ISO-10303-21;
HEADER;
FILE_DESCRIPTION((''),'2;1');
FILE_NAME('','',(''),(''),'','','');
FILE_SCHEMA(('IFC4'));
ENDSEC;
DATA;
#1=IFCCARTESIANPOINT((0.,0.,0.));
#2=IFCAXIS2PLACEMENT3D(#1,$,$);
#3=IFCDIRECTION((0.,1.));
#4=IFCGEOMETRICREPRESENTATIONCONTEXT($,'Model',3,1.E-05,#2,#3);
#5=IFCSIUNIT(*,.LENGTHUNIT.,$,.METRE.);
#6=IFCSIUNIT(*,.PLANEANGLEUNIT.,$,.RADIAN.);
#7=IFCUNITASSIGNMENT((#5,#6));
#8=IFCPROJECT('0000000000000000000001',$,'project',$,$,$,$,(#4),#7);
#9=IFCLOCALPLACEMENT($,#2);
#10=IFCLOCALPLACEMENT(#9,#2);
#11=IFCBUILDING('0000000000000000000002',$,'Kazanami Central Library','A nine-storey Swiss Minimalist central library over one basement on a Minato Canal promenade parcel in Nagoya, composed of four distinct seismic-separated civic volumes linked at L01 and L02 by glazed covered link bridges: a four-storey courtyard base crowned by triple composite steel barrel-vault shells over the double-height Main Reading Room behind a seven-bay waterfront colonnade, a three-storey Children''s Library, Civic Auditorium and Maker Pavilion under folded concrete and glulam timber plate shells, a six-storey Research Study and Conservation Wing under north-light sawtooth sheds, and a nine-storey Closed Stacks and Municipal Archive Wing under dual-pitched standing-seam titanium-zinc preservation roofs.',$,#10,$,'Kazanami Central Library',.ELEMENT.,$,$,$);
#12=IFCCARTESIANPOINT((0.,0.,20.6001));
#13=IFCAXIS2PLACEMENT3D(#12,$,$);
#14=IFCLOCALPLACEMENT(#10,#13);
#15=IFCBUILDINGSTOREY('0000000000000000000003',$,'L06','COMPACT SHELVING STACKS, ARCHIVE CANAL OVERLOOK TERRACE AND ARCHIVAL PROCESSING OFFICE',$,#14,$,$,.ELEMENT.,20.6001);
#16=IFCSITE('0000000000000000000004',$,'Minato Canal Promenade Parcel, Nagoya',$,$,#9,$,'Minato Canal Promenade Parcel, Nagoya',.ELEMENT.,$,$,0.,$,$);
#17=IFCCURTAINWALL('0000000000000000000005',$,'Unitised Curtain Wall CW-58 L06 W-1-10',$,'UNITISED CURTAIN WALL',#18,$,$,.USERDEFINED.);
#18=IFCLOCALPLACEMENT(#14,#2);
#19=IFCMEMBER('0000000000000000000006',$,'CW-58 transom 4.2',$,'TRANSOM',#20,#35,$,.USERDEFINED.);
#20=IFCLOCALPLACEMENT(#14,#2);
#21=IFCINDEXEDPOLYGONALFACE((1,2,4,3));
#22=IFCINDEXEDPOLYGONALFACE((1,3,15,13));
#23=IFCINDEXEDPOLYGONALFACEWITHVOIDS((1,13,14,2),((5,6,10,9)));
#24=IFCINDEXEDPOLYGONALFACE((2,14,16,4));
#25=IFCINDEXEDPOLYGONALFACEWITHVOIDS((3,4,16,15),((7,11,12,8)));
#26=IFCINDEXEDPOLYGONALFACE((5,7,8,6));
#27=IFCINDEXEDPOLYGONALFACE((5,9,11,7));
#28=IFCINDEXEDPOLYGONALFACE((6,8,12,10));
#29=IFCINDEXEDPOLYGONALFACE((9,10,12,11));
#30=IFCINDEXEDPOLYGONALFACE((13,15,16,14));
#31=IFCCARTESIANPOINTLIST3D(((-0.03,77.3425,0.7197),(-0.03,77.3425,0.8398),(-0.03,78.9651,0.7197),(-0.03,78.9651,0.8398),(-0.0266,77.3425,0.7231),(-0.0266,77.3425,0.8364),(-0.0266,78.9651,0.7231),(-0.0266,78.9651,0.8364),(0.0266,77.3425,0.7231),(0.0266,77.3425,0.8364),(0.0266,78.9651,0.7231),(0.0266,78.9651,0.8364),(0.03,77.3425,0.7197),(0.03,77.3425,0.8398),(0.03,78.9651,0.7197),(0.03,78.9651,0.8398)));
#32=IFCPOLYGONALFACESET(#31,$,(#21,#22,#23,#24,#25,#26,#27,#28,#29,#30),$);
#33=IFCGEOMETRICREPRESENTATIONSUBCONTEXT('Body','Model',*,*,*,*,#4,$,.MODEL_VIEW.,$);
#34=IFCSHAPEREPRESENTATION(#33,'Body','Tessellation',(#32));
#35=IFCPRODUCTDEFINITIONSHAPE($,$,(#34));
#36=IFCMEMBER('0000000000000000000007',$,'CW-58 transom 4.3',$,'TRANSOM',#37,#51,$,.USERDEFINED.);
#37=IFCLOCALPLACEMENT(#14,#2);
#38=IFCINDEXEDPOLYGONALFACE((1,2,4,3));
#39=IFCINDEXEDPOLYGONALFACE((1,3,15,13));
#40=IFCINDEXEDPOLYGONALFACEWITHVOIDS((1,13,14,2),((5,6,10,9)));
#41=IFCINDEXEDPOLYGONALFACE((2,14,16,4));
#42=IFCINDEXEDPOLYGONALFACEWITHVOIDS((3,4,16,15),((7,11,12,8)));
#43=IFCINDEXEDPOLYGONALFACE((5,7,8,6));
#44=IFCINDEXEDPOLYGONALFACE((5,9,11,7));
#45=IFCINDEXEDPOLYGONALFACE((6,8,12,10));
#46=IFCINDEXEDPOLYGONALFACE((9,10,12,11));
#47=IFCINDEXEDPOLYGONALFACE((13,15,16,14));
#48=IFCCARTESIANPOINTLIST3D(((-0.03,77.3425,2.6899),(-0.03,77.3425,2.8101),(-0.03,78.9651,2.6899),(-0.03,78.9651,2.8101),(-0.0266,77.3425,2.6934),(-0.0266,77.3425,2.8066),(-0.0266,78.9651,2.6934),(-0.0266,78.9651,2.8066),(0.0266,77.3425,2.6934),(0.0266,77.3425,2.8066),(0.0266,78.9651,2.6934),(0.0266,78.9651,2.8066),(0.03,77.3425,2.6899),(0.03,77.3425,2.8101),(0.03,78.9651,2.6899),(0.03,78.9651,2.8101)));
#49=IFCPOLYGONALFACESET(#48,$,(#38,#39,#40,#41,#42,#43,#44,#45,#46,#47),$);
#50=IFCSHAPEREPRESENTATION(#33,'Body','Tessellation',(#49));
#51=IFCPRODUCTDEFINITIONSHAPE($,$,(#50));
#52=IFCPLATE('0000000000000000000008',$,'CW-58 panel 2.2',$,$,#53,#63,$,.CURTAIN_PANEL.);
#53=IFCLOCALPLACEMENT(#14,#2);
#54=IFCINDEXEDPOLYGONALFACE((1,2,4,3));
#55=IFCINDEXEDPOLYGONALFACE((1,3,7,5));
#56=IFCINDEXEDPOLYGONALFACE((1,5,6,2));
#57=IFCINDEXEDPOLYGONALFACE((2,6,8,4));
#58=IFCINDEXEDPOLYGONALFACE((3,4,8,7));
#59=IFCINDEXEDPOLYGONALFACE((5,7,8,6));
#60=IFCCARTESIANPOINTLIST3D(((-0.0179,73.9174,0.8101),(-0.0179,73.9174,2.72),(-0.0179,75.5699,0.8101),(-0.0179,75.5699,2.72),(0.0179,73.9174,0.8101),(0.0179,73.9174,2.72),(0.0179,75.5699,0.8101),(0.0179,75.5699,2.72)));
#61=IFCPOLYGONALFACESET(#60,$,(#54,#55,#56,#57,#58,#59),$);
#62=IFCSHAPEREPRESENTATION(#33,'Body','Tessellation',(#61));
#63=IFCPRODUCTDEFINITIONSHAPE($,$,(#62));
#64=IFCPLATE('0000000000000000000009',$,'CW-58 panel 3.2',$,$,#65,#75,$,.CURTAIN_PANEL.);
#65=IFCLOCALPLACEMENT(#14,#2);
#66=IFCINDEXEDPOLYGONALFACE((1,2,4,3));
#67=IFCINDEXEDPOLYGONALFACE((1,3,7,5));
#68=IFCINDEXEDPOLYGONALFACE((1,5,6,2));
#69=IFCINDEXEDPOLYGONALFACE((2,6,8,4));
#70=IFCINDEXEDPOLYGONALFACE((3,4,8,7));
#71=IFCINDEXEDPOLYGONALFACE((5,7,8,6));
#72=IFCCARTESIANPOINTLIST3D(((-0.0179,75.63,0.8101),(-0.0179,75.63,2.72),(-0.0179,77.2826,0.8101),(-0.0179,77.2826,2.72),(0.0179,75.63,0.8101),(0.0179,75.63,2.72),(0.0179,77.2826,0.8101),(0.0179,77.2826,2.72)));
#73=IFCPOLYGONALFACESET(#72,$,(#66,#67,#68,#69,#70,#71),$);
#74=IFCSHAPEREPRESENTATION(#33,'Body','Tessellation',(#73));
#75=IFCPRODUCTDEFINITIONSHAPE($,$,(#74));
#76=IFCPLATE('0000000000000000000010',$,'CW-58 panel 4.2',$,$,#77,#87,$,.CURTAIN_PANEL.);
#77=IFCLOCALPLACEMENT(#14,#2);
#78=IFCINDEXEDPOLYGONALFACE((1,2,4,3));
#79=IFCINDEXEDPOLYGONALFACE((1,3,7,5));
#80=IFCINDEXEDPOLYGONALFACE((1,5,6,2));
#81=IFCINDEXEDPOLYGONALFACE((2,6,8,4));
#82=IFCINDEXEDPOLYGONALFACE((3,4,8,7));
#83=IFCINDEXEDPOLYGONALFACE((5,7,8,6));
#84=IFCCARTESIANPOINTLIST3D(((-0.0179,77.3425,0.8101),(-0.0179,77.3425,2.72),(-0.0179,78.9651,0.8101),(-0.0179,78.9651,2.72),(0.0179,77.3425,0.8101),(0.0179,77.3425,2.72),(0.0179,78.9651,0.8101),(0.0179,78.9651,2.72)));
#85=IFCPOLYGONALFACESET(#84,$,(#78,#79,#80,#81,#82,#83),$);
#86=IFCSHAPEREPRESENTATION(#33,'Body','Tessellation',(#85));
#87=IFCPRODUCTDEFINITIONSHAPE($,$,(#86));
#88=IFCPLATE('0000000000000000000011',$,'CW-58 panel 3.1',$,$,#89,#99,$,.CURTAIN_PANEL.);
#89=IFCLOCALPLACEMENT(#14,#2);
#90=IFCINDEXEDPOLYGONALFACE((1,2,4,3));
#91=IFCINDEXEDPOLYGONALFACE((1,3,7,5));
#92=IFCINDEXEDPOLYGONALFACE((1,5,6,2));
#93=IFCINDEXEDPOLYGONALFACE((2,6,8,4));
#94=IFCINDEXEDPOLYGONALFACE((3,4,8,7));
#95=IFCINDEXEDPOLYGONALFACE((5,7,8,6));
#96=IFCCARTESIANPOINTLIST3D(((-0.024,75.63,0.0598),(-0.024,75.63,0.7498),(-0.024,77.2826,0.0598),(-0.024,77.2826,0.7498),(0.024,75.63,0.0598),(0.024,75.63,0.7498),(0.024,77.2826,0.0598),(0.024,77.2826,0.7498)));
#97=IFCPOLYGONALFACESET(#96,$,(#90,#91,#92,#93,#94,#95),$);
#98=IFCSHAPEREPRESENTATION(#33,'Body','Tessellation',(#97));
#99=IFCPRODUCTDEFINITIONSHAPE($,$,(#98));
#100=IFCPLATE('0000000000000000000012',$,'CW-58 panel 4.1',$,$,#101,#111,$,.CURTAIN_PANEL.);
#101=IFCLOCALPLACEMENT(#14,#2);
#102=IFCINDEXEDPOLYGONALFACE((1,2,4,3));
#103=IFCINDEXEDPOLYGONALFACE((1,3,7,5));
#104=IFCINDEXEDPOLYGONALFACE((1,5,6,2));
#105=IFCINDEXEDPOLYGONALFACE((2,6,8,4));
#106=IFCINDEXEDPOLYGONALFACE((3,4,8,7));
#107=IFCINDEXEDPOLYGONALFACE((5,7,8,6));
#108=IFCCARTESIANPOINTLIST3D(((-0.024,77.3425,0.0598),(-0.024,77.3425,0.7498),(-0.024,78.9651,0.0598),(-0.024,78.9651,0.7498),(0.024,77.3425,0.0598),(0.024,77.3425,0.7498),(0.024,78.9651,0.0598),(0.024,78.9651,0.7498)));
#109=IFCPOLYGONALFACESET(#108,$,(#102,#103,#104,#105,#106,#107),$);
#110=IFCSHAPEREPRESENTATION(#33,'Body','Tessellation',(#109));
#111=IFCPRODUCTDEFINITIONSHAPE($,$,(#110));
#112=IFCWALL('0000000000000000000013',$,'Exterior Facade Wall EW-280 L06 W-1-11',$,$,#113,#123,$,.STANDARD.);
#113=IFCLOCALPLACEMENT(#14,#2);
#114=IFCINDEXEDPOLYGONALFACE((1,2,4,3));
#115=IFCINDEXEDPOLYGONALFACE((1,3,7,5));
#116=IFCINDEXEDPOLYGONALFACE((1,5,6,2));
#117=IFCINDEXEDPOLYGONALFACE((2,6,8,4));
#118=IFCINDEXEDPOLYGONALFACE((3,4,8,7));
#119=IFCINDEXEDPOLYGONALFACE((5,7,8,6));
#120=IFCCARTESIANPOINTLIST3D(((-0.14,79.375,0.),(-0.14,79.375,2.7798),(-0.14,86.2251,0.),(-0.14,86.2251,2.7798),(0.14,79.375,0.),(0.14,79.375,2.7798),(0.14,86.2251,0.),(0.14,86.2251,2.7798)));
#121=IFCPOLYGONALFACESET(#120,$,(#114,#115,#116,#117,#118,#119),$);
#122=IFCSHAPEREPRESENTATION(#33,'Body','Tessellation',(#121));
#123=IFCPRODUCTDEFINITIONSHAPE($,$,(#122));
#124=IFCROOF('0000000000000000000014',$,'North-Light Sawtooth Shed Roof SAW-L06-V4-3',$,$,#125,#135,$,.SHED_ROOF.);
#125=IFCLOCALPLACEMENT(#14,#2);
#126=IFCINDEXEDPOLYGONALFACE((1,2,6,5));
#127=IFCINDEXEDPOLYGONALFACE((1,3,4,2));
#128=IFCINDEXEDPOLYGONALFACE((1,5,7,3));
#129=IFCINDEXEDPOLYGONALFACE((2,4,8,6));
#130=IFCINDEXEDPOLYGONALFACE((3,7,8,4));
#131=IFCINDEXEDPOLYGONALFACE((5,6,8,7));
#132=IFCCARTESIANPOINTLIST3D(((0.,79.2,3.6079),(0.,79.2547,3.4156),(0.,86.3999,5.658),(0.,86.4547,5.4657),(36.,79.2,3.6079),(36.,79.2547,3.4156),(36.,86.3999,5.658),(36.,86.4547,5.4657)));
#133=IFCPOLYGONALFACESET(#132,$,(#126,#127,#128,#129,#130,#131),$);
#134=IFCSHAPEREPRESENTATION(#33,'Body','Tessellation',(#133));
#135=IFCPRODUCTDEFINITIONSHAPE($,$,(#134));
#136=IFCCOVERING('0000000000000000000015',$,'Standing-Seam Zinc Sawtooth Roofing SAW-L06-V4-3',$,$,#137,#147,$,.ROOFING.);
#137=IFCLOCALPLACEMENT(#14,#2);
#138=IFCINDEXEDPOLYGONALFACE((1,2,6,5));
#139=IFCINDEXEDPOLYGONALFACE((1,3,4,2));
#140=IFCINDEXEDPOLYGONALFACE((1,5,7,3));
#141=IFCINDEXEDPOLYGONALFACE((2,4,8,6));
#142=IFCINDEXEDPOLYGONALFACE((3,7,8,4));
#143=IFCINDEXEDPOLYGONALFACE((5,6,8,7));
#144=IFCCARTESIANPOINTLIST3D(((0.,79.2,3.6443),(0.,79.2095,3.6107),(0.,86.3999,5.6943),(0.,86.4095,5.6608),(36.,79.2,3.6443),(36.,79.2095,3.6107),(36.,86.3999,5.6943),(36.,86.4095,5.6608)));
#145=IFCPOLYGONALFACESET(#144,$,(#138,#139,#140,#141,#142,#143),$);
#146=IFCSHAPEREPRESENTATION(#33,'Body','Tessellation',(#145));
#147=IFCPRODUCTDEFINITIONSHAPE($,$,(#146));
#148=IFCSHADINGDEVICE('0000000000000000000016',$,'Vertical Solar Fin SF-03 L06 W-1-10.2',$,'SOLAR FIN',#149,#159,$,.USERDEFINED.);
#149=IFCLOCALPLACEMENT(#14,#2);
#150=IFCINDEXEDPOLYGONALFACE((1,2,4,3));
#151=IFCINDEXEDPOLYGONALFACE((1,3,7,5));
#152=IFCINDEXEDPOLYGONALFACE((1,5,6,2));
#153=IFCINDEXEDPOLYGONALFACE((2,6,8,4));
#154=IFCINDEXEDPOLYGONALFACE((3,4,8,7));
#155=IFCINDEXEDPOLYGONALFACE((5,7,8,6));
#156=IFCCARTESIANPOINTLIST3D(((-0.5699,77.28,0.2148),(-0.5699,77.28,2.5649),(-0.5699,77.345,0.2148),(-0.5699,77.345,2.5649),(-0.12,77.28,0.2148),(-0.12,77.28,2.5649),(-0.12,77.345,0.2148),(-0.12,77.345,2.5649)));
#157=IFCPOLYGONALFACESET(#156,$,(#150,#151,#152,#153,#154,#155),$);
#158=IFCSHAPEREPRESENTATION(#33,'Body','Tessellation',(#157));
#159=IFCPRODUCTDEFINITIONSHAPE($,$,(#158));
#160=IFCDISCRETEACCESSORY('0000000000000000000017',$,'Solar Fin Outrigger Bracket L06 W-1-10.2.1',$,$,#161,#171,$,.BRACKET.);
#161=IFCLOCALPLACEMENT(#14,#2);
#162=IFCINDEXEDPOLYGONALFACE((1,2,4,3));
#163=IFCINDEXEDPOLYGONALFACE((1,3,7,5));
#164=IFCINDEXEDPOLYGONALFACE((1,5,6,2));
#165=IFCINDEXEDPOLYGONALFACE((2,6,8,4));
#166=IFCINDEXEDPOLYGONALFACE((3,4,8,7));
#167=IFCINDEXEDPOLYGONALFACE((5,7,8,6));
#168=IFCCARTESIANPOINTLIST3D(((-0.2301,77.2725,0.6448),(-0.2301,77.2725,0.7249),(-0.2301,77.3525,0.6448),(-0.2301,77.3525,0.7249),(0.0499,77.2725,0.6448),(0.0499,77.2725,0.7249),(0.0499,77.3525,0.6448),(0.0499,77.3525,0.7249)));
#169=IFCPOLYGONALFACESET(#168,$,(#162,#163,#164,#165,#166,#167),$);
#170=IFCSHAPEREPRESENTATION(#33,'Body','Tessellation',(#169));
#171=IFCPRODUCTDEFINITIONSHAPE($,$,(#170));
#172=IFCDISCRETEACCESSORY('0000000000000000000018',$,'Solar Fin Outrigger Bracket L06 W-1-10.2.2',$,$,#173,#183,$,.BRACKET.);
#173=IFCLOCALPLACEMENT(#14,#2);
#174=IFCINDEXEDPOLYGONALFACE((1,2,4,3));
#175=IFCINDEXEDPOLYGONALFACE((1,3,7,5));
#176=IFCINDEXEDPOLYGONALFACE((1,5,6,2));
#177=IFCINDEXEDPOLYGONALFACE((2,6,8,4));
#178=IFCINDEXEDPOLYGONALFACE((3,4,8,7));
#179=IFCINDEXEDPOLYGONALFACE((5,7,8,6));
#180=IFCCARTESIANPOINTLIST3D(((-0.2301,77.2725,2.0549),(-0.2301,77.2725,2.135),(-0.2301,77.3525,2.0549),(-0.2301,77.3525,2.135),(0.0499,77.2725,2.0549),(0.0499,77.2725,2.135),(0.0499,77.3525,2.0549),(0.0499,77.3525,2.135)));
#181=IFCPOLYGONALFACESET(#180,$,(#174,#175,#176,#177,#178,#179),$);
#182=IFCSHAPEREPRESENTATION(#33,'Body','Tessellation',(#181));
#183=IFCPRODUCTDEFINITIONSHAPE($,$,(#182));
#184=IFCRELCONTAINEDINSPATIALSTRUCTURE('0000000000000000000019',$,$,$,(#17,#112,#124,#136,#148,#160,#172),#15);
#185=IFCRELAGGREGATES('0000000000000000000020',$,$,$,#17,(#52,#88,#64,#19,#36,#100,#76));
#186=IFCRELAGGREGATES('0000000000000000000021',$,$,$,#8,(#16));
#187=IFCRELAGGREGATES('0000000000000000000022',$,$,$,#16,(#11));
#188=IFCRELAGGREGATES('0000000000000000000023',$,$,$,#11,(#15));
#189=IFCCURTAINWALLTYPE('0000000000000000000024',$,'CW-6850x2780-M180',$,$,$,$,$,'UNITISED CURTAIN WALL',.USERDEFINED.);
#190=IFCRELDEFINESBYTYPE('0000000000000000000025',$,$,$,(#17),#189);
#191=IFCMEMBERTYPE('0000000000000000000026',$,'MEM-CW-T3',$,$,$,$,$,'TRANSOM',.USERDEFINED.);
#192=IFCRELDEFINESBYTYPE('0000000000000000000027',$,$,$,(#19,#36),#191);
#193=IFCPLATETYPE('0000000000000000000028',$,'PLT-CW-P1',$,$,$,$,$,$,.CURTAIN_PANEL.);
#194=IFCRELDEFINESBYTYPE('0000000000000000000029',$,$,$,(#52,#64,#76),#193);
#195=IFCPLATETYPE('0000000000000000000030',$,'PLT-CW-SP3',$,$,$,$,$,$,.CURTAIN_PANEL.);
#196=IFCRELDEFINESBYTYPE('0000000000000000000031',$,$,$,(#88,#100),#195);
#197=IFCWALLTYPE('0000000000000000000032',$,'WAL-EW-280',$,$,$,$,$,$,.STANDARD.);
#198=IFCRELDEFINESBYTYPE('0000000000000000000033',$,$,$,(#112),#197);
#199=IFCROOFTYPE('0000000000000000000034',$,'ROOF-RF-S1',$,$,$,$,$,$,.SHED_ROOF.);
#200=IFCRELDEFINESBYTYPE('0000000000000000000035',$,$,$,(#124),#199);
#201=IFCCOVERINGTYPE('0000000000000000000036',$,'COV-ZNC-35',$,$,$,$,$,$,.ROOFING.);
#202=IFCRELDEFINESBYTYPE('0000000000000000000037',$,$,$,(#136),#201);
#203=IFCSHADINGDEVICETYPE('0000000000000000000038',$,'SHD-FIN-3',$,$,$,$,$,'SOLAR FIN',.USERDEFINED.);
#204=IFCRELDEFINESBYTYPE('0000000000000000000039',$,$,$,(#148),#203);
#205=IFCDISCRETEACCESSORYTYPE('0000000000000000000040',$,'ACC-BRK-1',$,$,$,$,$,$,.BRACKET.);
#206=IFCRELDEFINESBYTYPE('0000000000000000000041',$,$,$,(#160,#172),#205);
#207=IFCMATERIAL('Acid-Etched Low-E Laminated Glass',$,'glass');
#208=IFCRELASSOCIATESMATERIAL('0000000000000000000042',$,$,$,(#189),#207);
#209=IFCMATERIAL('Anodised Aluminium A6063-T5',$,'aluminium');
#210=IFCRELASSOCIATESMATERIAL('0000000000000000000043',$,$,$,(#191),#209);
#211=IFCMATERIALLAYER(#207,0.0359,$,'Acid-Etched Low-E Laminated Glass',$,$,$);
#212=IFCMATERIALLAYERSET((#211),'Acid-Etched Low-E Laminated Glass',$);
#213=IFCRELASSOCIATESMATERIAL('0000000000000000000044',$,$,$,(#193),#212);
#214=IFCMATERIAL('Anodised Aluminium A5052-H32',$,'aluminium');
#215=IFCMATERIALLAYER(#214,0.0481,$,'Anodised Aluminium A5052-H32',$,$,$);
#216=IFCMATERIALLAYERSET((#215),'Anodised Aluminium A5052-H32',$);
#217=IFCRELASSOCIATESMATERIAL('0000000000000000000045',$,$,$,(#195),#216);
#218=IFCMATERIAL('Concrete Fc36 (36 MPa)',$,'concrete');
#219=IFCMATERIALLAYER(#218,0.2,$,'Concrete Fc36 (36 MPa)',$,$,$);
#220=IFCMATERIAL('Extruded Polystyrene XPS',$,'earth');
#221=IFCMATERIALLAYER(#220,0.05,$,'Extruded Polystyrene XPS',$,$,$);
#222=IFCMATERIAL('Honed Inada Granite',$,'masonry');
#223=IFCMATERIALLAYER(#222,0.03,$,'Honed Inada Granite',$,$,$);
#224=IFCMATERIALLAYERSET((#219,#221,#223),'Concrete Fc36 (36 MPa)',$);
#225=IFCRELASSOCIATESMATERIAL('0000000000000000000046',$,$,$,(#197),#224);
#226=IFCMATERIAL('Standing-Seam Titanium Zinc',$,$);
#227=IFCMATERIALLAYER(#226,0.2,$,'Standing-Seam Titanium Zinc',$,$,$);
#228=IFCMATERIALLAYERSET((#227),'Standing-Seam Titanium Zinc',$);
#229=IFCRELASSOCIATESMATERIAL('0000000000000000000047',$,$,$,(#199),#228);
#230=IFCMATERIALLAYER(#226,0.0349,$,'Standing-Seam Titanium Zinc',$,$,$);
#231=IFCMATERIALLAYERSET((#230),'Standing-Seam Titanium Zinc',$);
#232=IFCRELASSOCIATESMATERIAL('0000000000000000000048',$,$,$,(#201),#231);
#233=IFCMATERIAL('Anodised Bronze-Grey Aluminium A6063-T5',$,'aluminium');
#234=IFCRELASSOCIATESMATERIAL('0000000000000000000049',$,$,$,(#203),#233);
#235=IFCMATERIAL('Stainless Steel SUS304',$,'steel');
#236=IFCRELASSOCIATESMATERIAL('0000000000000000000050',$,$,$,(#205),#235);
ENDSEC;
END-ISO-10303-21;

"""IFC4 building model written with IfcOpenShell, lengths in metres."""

from ifc_helpers import new_model, si_unit, direction, frame, frame_2d, origin, origin_2d, place, context, subcontext, project, spatial, polyline, rectangle, hollow_rectangle, outline, extrude, material, layer, layer_set, material_profile, profile_set, type_object, element, aggregate, save


model = new_model("IFC4")

# Units and contexts
model_context = context("Model", 3, precision=1e-05, world=origin(), true_north=direction((0.0, 1.0)))
body_context = subcontext(model_context, "Body", "Model", "MODEL_VIEW")
ifc_project = project(units=[si_unit("LENGTHUNIT", "METRE"), si_unit("PLANEANGLEUNIT", "RADIAN")], contexts=[model_context])

# Site, building, storey
site_placement = place(None, origin())
site = spatial("IfcSite", under=ifc_project, at=site_placement, Name="Minato Canal Promenade Parcel, Nagoya", LongName="Minato Canal Promenade Parcel, Nagoya", CompositionType="ELEMENT", RefElevation=0.0)
building_placement = place(site_placement, origin())
building = spatial("IfcBuilding", under=site, at=building_placement, Name="Kazanami Central Library", Description="A nine-storey Swiss Minimalist central library over one basement on a Minato Canal promenade parcel in Nagoya, composed of four distinct seismic-separated civic volumes linked at L01 and L02 by glazed covered link bridges: a four-storey courtyard base crowned by triple composite steel barrel-vault shells over the double-height Main Reading Room behind a seven-bay waterfront colonnade, a three-storey Children's Library, Civic Auditorium and Maker Pavilion under folded concrete and glulam timber plate shells, a six-storey Research Study and Conservation Wing under north-light sawtooth sheds, and a nine-storey Closed Stacks and Municipal Archive Wing under dual-pitched standing-seam titanium-zinc preservation roofs.", LongName="Kazanami Central Library", CompositionType="ELEMENT")
storey_placement = place(building_placement, frame((0.0, 0.0, 20.6001)))
storey = spatial("IfcBuildingStorey", under=building, at=storey_placement, Name="L06", Description="COMPACT SHELVING STACKS, ARCHIVE CANAL OVERLOOK TERRACE AND ARCHIVAL PROCESSING OFFICE", CompositionType="ELEMENT", Elevation=20.6001)

# Curtain wall, members, plates
ifc_material_1 = material(Name="Acid-Etched Low-E Laminated Glass", Category="glass")
curtain_wall_type = type_object("IfcCurtainWallType", Name="CW-6850x2780-M180", ElementType="UNITISED CURTAIN WALL", PredefinedType="USERDEFINED", material=ifc_material_1)
curtain_wall_placement = place(storey_placement, origin())
curtain_wall = element("IfcCurtainWall", 1, at=curtain_wall_placement, inside=storey, type_object=curtain_wall_type, Name="Unitised Curtain Wall CW-58 L06 W-1-10", ObjectType="UNITISED CURTAIN WALL", PredefinedType="USERDEFINED")
ifc_material_2 = material(Name="Anodised Aluminium A6063-T5", Category="aluminium")
ifc_material_profile_1 = material_profile(ifc_material_2, hollow_rectangle(XDim=0.0601, YDim=0.1201, WallThickness=0.0034, at=origin_2d()), Name="ALU-TRAN-60x120x3.5")
ifc_profile_set_1 = profile_set([ifc_material_profile_1], Name="Anodised Aluminium A6063-T5")
member_type_1 = type_object("IfcMemberType", Name="MEM-CW-T3", ElementType="TRANSOM", PredefinedType="USERDEFINED", material=ifc_profile_set_1)
member_1_placement = place(storey_placement, frame((0.0, 77.3425, 0.7798), z_axis=(0.0, 1.0, 0.0), x_axis=(-1.0, 0.0, 0.0)))
member_1 = element("IfcMember", 2, at=member_1_placement, type_object=member_type_1, Name="CW-58 transom 4.2", ObjectType="TRANSOM", PredefinedType="USERDEFINED", context=body_context, shape_type="SweptSolid", body=[
    extrude(hollow_rectangle(XDim=0.0601, YDim=0.1201, WallThickness=0.0034, at=origin_2d()), origin(), (0.0, 0.0, 1.0), 1.6226),
])
member_2_placement = place(storey_placement, frame((0.0, 77.3425, 2.75), z_axis=(0.0, 1.0, 0.0), x_axis=(-1.0, 0.0, 0.0)))
member_2 = element("IfcMember", 3, at=member_2_placement, type_object=member_type_1, Name="CW-58 transom 4.3", ObjectType="TRANSOM", PredefinedType="USERDEFINED", context=body_context, shape_type="SweptSolid", body=[
    extrude(hollow_rectangle(XDim=0.0601, YDim=0.1201, WallThickness=0.0034, at=origin_2d()), origin(), (0.0, 0.0, 1.0), 1.6226),
])
ifc_layer_1 = layer(ifc_material_1, 0.0359, Name="Acid-Etched Low-E Laminated Glass")
ifc_layer_set_1 = layer_set([ifc_layer_1], Name="Acid-Etched Low-E Laminated Glass")
plate_type_1 = type_object("IfcPlateType", Name="PLT-CW-P1", PredefinedType="CURTAIN_PANEL", material=ifc_layer_set_1)
plate_1_placement = place(storey_placement, frame((0.0, 74.7437, 0.8101), z_axis=(0.0, 0.0, 1.0), x_axis=(0.0, 1.0, 0.0)))
plate_1 = element("IfcPlate", 4, at=plate_1_placement, type_object=plate_type_1, Name="CW-58 panel 2.2", PredefinedType="CURTAIN_PANEL", context=body_context, shape_type="SweptSolid", body=[
    extrude(rectangle(XDim=1.6526, YDim=0.0359, at=origin_2d()), origin(), (0.0, 0.0, 1.0), 1.9099),
])
plate_2_placement = place(storey_placement, frame((0.0, 76.4563, 0.8101), z_axis=(0.0, 0.0, 1.0), x_axis=(0.0, 1.0, 0.0)))
plate_2 = element("IfcPlate", 5, at=plate_2_placement, type_object=plate_type_1, Name="CW-58 panel 3.2", PredefinedType="CURTAIN_PANEL", context=body_context, shape_type="SweptSolid", body=[
    extrude(rectangle(XDim=1.6526, YDim=0.0359, at=origin_2d()), origin(), (0.0, 0.0, 1.0), 1.9099),
])
plate_3_placement = place(storey_placement, frame((0.0, 78.1538, 0.8101), z_axis=(0.0, 0.0, 1.0), x_axis=(0.0, 1.0, 0.0)))
plate_3 = element("IfcPlate", 6, at=plate_3_placement, type_object=plate_type_1, Name="CW-58 panel 4.2", PredefinedType="CURTAIN_PANEL", context=body_context, shape_type="SweptSolid", body=[
    extrude(rectangle(XDim=1.6226, YDim=0.0359, at=origin_2d()), origin(), (0.0, 0.0, 1.0), 1.9099),
])
ifc_material_3 = material(Name="Anodised Aluminium A5052-H32", Category="aluminium")
ifc_layer_2 = layer(ifc_material_3, 0.0481, Name="Anodised Aluminium A5052-H32")
ifc_layer_set_2 = layer_set([ifc_layer_2], Name="Anodised Aluminium A5052-H32")
plate_type_2 = type_object("IfcPlateType", Name="PLT-CW-SP3", PredefinedType="CURTAIN_PANEL", material=ifc_layer_set_2)
plate_4_placement = place(storey_placement, frame((0.0, 76.4563, 0.0598), z_axis=(0.0, 0.0, 1.0), x_axis=(0.0, 1.0, 0.0)))
plate_4 = element("IfcPlate", 7, at=plate_4_placement, type_object=plate_type_2, Name="CW-58 panel 3.1", PredefinedType="CURTAIN_PANEL", context=body_context, shape_type="SweptSolid", body=[
    extrude(rectangle(XDim=1.6526, YDim=0.0481, at=origin_2d()), origin(), (0.0, 0.0, 1.0), 0.6899),
])
plate_5_placement = place(storey_placement, frame((0.0, 78.1538, 0.0598), z_axis=(0.0, 0.0, 1.0), x_axis=(0.0, 1.0, 0.0)))
plate_5 = element("IfcPlate", 8, at=plate_5_placement, type_object=plate_type_2, Name="CW-58 panel 4.1", PredefinedType="CURTAIN_PANEL", context=body_context, shape_type="SweptSolid", body=[
    extrude(rectangle(XDim=1.6226, YDim=0.0481, at=origin_2d()), origin(), (0.0, 0.0, 1.0), 0.6899),
])
aggregate(curtain_wall, [plate_1, plate_4, plate_2, member_1, member_2, plate_5, plate_3])

# Wall
ifc_material_4 = material(Name="Concrete Fc36 (36 MPa)", Category="concrete")
ifc_layer_3 = layer(ifc_material_4, 0.2, Name="Concrete Fc36 (36 MPa)")
ifc_material_5 = material(Name="Extruded Polystyrene XPS", Category="earth")
ifc_layer_4 = layer(ifc_material_5, 0.05, Name="Extruded Polystyrene XPS")
ifc_material_6 = material(Name="Honed Inada Granite", Category="masonry")
ifc_layer_5 = layer(ifc_material_6, 0.03, Name="Honed Inada Granite")
ifc_layer_set_3 = layer_set([ifc_layer_3, ifc_layer_4, ifc_layer_5], Name="Concrete Fc36 (36 MPa)")
wall_type = type_object("IfcWallType", Name="WAL-EW-280", PredefinedType="STANDARD", material=ifc_layer_set_3)
wall_placement = place(storey_placement, frame((0.0, 79.375, 0.0), z_axis=(0.0, 0.0, 1.0), x_axis=(0.0, 1.0, 0.0)))
element("IfcWall", 9, at=wall_placement, inside=storey, type_object=wall_type, Name="Exterior Facade Wall EW-280 L06 W-1-11", PredefinedType="STANDARD", context=body_context, shape_type="SweptSolid", body=[
    extrude(rectangle(XDim=6.8501, YDim=0.28, at=frame_2d((3.425, 0.0))), origin(), (0.0, 0.0, 1.0), 2.7798),
])

# Roof
ifc_material_7 = material(Name="Standing-Seam Titanium Zinc")
ifc_layer_6 = layer(ifc_material_7, 0.2, Name="Standing-Seam Titanium Zinc")
ifc_layer_set_4 = layer_set([ifc_layer_6], Name="Standing-Seam Titanium Zinc")
roof_type = type_object("IfcRoofType", Name="ROOF-RF-S1", PredefinedType="SHED_ROOF", material=ifc_layer_set_4)
roof_placement = place(storey_placement, frame((0.0, 79.2, 3.6079), z_axis=(0.0, -0.273847, 0.961773), x_axis=(1.0, 0.0, 0.0)))
element("IfcRoof", 10, at=roof_placement, inside=storey, type_object=roof_type, Name="North-Light Sawtooth Shed Roof SAW-L06-V4-3", PredefinedType="SHED_ROOF", context=body_context, shape_type="SweptSolid", body=[
    extrude(outline(polyline([(0.0, 0.0), (36.0, 0.0), (36.0, 7.4861), (0.0, 7.4861), (0.0, 0.0)])), origin(), (0.0, 0.0, -1.0), 0.2),
])

# Covering
ifc_layer_7 = layer(ifc_material_7, 0.0349, Name="Standing-Seam Titanium Zinc")
ifc_layer_set_5 = layer_set([ifc_layer_7], Name="Standing-Seam Titanium Zinc")
covering_type = type_object("IfcCoveringType", Name="COV-ZNC-35", PredefinedType="ROOFING", material=ifc_layer_set_5)
covering_placement = place(storey_placement, frame((0.0, 79.2, 3.6443), z_axis=(0.0, -0.273847, 0.961773), x_axis=(1.0, 0.0, 0.0)))
element("IfcCovering", 11, at=covering_placement, inside=storey, type_object=covering_type, Name="Standing-Seam Zinc Sawtooth Roofing SAW-L06-V4-3", PredefinedType="ROOFING", context=body_context, shape_type="SweptSolid", body=[
    extrude(outline(polyline([(0.0, 0.0), (36.0, 0.0), (36.0, 7.4861), (0.0, 7.4861), (0.0, 0.0)])), origin(), (0.0, 0.0, -1.0), 0.0349),
])

# Shading device
ifc_material_8 = material(Name="Anodised Bronze-Grey Aluminium A6063-T5", Category="aluminium")
shading_device_type = type_object("IfcShadingDeviceType", Name="SHD-FIN-3", ElementType="SOLAR FIN", PredefinedType="USERDEFINED", material=ifc_material_8)
shading_device_placement = place(storey_placement, frame((-0.345, 77.3125, 0.2148), z_axis=(0.0, 0.0, 1.0), x_axis=(0.0, 1.0, 0.0)))
element("IfcShadingDevice", 12, at=shading_device_placement, inside=storey, type_object=shading_device_type, Name="Vertical Solar Fin SF-03 L06 W-1-10.2", ObjectType="SOLAR FIN", PredefinedType="USERDEFINED", context=body_context, shape_type="SweptSolid", body=[
    extrude(rectangle(XDim=0.0649, YDim=0.45, at=origin_2d()), origin(), (0.0, 0.0, 1.0), 2.3501),
])

# Discrete accessories
ifc_material_9 = material(Name="Stainless Steel SUS304", Category="steel")
discrete_accessory_type = type_object("IfcDiscreteAccessoryType", Name="ACC-BRK-1", PredefinedType="BRACKET", material=ifc_material_9)
for number, where, z_axis, x_axis, name in (
    (13, (-0.0901, 77.3125, 0.6448), (0.0, 0.0, 1.0), (0.0, 1.0, 0.0), "Solar Fin Outrigger Bracket L06 W-1-10.2.1"),
    (14, (-0.0901, 77.3125, 2.0549), (0.0, 0.0, 1.0), (0.0, 1.0, 0.0), "Solar Fin Outrigger Bracket L06 W-1-10.2.2"),
):
    element("IfcDiscreteAccessory", number, at=place(storey_placement, frame(where, z_axis=z_axis, x_axis=x_axis)), inside=storey, type_object=discrete_accessory_type, Name=name, PredefinedType="BRACKET", context=body_context, shape_type="SweptSolid", body=[
        extrude(rectangle(XDim=0.0801, YDim=0.28, at=origin_2d()), origin(), (0.0, 0.0, 1.0), 0.0801),
    ])

save(model, "model.ifc")
